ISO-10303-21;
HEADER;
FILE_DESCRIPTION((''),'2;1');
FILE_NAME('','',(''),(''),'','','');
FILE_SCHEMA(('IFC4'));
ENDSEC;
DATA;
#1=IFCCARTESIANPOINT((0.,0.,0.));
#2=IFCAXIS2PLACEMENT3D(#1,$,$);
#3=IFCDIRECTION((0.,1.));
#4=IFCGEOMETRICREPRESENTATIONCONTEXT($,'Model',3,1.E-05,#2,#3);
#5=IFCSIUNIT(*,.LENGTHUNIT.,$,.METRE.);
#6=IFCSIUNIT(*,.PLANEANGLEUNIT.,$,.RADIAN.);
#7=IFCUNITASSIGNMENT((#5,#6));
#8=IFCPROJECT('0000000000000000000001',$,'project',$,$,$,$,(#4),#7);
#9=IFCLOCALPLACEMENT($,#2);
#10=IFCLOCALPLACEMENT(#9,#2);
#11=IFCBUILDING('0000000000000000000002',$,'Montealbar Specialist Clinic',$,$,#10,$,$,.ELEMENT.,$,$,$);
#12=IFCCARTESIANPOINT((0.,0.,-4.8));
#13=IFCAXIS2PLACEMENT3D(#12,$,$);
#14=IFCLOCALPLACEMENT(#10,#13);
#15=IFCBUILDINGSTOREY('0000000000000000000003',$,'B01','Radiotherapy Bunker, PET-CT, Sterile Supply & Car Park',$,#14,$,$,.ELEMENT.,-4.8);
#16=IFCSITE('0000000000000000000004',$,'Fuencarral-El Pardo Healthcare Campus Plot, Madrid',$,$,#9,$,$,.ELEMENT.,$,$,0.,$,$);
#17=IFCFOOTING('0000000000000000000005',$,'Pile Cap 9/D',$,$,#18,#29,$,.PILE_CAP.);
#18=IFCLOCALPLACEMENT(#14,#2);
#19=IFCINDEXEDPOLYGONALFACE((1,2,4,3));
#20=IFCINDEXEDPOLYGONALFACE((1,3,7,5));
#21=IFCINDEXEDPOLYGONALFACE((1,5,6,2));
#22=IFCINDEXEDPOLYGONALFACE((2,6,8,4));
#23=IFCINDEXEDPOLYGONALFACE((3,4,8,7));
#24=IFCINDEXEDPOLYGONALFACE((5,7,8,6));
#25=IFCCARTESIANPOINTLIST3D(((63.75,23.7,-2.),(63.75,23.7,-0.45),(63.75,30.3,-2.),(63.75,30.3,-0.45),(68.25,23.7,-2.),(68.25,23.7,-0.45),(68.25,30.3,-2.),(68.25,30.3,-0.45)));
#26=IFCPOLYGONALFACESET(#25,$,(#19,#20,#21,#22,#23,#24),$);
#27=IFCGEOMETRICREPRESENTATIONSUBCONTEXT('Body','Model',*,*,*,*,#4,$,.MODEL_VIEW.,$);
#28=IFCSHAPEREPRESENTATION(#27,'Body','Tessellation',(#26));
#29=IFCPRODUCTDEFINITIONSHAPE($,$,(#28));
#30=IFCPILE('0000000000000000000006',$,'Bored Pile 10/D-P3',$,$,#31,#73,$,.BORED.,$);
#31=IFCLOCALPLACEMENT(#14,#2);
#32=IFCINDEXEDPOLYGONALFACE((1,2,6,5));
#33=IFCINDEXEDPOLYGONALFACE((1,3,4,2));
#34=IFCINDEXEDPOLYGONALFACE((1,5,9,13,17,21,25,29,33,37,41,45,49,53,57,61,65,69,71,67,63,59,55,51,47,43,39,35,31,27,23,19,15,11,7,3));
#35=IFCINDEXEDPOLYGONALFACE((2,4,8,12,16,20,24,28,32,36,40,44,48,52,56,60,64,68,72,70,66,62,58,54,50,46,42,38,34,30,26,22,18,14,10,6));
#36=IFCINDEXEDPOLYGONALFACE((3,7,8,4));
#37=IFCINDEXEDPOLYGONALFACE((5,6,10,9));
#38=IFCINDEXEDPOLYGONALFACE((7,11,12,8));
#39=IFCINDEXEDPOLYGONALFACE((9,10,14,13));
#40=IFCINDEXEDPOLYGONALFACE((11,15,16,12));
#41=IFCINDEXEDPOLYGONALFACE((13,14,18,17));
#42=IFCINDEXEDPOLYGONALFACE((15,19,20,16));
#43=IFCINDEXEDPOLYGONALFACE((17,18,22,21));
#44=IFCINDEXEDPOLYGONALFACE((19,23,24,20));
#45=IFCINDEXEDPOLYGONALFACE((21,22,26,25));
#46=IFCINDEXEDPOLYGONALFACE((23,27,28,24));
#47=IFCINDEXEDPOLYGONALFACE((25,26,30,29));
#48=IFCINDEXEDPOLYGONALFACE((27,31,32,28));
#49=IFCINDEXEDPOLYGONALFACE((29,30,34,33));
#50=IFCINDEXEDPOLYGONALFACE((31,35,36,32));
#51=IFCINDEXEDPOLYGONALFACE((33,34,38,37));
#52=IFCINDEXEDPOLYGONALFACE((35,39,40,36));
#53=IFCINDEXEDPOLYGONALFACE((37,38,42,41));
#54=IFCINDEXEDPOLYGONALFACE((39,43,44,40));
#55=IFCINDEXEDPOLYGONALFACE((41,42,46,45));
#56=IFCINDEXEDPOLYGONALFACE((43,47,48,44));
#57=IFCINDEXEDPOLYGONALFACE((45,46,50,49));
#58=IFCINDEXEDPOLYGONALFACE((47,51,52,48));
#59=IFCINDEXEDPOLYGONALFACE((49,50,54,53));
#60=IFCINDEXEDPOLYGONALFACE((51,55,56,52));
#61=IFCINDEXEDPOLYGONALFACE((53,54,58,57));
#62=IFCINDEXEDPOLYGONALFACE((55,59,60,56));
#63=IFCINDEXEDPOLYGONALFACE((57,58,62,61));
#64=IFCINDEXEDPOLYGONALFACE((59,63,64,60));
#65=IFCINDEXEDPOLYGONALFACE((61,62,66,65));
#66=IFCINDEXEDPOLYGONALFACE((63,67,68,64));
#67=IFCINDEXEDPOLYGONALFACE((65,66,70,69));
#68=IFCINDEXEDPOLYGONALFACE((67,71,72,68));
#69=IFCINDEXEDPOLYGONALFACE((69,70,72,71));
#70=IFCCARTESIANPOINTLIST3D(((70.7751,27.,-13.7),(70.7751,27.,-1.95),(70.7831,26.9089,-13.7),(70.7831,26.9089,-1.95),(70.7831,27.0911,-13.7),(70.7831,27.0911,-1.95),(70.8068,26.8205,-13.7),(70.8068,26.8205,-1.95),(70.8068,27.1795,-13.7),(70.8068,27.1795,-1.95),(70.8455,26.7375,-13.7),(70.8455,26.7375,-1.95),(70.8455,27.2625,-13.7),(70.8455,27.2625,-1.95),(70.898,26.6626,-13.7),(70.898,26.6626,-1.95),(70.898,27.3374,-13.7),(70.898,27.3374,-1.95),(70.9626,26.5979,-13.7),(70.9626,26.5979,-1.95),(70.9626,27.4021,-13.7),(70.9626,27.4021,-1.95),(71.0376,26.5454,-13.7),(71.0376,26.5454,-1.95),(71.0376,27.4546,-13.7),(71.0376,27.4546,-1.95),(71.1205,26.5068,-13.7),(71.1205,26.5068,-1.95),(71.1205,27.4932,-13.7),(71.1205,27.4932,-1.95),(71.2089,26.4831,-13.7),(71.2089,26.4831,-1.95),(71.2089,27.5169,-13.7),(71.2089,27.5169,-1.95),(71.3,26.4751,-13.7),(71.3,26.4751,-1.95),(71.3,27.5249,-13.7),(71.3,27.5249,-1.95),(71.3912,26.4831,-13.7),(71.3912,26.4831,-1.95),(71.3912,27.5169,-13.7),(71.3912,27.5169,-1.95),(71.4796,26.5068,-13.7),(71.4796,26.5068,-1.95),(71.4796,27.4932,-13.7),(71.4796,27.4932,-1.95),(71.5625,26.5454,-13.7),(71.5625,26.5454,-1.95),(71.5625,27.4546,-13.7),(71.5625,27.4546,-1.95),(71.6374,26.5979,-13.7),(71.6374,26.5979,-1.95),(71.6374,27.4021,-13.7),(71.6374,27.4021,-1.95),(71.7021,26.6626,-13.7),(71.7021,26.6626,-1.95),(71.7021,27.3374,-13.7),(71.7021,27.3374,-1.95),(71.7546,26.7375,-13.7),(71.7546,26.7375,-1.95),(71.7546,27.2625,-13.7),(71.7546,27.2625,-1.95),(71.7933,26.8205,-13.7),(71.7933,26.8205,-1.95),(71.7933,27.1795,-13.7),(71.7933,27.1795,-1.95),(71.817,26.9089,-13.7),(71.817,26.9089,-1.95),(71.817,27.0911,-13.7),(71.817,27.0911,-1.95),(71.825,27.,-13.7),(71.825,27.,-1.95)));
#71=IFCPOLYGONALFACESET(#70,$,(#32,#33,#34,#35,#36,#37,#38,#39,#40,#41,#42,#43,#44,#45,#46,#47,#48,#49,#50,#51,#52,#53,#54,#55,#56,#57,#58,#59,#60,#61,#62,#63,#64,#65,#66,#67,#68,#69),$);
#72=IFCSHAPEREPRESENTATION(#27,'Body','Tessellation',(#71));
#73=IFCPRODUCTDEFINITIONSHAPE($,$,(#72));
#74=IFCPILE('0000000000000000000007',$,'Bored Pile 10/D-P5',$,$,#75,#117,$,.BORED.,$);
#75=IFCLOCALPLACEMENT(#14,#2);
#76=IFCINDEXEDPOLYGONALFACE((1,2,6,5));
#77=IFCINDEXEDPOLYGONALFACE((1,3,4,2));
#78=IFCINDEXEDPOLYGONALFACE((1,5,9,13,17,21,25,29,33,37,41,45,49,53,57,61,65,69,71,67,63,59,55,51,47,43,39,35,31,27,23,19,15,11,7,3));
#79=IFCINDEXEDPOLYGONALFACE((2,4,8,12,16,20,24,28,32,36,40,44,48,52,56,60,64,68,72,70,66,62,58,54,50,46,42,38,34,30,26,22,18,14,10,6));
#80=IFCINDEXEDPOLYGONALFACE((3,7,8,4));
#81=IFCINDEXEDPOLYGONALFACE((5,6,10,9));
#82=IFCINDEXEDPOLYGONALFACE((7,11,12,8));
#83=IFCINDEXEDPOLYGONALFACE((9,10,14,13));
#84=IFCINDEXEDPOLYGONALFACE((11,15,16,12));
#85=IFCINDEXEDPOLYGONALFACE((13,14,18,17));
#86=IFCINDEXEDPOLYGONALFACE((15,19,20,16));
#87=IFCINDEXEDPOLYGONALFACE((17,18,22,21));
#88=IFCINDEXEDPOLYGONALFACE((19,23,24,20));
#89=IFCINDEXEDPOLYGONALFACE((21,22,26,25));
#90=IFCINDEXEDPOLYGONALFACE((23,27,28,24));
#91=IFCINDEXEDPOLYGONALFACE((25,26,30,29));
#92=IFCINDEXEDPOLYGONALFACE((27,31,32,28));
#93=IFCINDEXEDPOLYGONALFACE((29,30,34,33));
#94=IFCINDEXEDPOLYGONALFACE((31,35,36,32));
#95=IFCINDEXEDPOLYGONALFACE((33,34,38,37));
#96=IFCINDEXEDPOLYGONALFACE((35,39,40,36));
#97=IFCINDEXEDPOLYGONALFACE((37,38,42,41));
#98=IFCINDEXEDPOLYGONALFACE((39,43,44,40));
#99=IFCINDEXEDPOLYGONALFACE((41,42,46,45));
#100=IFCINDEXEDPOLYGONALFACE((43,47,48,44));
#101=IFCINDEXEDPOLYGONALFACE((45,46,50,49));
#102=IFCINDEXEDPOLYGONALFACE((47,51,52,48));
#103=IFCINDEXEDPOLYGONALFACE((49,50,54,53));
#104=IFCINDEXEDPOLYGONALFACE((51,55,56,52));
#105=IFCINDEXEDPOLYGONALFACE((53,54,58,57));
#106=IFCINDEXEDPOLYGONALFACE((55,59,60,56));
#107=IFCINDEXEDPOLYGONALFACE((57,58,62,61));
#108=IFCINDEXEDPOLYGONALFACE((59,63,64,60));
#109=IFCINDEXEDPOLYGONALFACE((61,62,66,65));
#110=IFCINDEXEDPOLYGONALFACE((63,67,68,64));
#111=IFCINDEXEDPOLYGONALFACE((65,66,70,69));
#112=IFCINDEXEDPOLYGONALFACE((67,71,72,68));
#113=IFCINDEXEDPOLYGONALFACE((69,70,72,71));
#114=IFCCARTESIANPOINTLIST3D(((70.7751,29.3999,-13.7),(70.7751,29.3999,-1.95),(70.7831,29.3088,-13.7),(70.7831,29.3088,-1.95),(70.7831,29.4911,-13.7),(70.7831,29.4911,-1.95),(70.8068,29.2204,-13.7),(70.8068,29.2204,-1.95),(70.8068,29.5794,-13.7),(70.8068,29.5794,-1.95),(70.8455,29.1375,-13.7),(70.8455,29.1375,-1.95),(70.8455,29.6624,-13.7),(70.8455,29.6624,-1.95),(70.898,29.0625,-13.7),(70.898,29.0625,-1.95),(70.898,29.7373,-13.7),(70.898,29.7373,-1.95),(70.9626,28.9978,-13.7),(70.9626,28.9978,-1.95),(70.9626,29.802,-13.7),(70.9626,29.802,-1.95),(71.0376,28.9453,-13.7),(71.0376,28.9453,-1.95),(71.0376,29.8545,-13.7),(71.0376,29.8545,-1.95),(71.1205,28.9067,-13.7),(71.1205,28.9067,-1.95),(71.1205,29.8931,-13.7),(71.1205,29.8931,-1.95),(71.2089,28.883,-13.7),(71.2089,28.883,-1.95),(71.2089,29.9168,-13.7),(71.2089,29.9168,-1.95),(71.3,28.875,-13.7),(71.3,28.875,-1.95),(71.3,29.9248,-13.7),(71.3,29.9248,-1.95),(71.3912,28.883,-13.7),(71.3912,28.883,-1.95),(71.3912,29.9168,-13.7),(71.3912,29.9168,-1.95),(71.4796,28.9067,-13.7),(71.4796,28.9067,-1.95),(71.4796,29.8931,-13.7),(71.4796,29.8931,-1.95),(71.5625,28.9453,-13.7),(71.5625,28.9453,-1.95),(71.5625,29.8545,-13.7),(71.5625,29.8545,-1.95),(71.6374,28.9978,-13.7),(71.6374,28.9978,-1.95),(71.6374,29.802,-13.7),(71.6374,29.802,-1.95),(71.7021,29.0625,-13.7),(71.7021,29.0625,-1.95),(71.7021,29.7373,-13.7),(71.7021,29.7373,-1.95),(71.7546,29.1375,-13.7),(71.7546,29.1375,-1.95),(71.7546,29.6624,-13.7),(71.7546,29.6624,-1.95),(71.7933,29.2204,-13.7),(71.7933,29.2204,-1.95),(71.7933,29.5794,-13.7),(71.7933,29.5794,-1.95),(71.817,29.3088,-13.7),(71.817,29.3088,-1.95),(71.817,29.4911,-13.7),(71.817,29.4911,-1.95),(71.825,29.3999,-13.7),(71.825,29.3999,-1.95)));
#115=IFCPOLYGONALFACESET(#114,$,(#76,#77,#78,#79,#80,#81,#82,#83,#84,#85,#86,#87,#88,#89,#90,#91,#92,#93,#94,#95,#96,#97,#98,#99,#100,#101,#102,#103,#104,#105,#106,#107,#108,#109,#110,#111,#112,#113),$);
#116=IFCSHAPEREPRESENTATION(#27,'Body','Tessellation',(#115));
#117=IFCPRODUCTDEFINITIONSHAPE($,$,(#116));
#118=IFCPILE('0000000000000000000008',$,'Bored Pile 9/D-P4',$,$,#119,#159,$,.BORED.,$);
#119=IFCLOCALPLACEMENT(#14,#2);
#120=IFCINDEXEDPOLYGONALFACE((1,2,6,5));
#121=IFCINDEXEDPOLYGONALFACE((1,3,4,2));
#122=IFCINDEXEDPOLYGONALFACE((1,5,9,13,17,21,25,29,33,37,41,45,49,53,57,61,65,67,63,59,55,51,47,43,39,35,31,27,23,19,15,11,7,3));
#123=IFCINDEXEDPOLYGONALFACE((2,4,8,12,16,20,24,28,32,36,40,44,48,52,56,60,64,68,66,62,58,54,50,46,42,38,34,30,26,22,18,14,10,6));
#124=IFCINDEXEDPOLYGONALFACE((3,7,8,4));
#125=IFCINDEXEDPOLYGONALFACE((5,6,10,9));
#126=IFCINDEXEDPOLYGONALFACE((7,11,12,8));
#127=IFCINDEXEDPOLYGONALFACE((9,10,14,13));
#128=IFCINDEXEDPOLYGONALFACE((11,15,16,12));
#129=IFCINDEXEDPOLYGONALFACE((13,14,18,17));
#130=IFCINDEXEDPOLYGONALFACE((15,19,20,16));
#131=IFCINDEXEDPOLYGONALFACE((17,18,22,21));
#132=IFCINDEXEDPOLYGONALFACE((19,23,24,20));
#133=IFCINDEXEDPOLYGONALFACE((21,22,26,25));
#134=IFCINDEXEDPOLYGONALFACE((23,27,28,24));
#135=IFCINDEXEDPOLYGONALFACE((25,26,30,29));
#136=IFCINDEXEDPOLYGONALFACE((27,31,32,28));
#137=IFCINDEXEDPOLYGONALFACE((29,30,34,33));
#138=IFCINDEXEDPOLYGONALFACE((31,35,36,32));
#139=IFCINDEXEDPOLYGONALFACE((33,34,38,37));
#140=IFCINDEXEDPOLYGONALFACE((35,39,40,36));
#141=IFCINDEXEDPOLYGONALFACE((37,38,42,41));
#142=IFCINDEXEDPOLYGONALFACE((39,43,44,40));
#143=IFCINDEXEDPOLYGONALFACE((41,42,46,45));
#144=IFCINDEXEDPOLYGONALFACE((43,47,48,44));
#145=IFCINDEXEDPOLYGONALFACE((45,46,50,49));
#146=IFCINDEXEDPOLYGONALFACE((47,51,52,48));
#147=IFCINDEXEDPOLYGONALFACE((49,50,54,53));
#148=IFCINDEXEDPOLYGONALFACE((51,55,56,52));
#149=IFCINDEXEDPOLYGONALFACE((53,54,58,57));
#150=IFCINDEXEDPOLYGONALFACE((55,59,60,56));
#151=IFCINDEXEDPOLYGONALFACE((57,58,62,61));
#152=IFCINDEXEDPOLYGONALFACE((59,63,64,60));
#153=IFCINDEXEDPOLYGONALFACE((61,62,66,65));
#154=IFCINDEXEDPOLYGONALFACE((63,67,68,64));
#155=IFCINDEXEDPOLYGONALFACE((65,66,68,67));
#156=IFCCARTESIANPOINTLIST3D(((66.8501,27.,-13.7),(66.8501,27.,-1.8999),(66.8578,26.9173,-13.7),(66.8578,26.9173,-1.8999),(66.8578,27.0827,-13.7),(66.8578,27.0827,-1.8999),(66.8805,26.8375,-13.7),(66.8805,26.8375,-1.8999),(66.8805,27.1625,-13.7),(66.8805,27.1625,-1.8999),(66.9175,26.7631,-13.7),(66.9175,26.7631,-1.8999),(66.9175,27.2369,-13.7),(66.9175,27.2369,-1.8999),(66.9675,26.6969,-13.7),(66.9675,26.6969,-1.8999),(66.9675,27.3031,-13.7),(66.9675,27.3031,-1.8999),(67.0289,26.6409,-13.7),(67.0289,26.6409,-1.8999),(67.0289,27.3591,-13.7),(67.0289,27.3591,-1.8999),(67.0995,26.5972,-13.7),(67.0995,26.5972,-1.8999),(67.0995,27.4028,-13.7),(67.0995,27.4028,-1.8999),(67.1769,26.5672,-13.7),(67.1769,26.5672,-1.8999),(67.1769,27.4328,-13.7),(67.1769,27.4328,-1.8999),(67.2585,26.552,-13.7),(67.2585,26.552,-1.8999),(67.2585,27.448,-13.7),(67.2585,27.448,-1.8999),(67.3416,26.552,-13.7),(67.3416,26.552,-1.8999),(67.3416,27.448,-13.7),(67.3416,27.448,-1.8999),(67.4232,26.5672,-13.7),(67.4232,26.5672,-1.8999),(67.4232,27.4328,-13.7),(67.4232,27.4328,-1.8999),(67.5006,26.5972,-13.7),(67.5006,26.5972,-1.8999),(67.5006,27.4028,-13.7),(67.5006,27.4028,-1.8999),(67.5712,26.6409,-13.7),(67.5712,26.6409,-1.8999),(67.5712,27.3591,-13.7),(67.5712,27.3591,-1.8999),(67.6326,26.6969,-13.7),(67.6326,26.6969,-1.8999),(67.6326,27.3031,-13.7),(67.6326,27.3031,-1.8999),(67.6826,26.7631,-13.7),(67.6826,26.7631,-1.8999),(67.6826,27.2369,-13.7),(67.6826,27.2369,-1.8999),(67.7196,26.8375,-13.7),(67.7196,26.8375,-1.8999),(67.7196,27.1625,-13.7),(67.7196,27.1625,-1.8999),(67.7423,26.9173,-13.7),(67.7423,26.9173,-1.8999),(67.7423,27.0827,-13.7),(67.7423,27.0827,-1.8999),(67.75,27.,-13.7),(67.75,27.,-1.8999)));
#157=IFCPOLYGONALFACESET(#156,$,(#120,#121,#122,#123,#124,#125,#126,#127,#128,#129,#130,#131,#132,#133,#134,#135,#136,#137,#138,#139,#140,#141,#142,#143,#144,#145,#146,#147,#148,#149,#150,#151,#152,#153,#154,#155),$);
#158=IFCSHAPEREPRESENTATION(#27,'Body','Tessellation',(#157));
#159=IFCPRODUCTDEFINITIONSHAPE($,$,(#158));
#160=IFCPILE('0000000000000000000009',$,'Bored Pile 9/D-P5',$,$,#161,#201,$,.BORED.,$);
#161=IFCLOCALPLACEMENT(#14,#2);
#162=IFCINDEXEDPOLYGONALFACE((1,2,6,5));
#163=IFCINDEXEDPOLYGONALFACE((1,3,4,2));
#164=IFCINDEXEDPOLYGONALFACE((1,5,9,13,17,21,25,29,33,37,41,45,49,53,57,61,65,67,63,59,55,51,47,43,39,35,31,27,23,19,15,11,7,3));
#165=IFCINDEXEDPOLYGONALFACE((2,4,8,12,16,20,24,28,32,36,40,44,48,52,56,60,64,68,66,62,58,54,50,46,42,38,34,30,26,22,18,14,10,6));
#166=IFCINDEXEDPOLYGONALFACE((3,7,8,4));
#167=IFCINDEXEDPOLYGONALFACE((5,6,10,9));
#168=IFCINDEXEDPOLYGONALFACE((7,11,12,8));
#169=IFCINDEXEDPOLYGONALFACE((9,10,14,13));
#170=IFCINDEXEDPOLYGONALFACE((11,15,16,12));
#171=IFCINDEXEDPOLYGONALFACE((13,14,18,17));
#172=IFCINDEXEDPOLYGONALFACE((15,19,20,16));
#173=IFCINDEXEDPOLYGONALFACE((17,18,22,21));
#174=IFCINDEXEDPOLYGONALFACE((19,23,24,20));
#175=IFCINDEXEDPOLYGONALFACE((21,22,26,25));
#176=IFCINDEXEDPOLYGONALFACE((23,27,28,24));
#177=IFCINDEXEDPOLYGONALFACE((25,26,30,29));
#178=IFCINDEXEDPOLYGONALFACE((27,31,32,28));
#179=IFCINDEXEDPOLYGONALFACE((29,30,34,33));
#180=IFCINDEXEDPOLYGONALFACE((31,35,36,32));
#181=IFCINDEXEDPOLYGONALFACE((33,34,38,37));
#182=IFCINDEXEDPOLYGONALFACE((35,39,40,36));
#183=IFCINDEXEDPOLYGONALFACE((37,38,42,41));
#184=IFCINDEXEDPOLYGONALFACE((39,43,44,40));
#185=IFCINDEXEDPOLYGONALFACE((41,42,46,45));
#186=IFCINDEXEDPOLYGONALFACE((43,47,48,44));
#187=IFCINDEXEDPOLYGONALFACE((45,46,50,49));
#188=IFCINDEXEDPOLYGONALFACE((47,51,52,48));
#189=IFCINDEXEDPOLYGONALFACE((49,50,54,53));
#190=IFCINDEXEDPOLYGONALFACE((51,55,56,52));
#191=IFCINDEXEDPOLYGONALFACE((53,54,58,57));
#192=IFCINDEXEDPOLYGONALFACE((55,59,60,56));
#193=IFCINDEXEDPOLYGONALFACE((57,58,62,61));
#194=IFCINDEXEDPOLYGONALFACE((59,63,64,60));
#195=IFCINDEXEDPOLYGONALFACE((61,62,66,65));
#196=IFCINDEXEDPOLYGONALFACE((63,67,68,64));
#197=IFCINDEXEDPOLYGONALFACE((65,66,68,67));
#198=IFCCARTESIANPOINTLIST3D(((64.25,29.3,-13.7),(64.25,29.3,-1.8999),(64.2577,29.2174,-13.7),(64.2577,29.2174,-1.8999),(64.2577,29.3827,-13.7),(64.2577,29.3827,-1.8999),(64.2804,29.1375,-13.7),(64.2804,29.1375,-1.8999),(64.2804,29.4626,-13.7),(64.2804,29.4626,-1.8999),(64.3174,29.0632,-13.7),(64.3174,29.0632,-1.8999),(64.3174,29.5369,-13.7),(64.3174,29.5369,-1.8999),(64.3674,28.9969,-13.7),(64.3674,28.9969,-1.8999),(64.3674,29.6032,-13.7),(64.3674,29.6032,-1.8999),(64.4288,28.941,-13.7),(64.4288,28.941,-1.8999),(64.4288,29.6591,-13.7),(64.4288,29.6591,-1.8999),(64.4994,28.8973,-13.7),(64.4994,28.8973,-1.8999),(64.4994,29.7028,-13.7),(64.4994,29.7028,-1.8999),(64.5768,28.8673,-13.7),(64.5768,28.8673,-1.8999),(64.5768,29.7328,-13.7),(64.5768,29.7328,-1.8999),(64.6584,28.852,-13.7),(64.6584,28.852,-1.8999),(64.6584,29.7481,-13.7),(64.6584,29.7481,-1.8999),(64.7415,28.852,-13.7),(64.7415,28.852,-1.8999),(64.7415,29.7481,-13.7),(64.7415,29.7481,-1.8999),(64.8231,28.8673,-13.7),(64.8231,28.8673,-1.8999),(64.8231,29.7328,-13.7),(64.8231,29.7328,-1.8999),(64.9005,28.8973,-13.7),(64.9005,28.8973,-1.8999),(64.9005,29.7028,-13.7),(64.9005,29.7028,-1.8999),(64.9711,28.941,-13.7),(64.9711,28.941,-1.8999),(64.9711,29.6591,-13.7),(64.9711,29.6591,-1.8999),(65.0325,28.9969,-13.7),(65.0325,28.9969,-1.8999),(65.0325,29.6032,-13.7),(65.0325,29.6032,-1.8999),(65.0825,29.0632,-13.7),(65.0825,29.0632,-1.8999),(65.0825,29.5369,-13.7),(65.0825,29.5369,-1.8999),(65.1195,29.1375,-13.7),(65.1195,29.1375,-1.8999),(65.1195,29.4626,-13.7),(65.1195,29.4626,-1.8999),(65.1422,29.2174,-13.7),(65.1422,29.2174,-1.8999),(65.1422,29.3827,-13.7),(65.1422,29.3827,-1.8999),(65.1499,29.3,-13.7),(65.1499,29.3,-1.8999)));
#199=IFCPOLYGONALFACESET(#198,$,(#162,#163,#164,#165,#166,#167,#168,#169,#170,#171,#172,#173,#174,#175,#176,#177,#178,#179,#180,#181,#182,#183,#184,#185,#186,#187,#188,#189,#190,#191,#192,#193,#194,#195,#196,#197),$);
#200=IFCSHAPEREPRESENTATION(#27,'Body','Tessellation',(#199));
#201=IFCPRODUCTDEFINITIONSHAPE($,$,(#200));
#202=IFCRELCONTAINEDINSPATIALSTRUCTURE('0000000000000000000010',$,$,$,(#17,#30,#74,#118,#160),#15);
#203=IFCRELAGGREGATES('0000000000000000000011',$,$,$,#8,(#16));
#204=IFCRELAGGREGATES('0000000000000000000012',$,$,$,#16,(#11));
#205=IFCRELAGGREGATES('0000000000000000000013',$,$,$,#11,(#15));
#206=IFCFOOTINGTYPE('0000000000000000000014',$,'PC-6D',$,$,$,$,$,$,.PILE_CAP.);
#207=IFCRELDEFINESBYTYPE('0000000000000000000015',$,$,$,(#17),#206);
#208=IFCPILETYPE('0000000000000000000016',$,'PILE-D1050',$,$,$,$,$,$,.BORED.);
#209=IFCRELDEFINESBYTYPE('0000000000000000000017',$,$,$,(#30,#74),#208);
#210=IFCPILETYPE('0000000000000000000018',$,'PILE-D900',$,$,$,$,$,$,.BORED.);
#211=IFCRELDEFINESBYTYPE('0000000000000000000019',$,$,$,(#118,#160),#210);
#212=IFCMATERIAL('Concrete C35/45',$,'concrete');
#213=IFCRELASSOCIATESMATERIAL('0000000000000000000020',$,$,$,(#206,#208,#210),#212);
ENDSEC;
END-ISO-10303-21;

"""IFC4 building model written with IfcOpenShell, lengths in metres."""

from ifc_helpers import new_model, si_unit, direction, frame, origin, origin_2d, place, context, subcontext, project, spatial, rectangle, circle, extrude, material, material_profile, profile_set, type_object, element, save


model = new_model("IFC4")

# Units and contexts
model_context = context("Model", 3, precision=1e-05, world=origin(), true_north=direction((0.0, 1.0)))
body_context = subcontext(model_context, "Body", "Model", "MODEL_VIEW")
ifc_project = project(units=[si_unit("LENGTHUNIT", "METRE"), si_unit("PLANEANGLEUNIT", "RADIAN")], contexts=[model_context])

# Site, building, storey
site_placement = place(None, origin())
site = spatial("IfcSite", under=ifc_project, at=site_placement, Name="Fuencarral-El Pardo Healthcare Campus Plot, Madrid", CompositionType="ELEMENT", RefElevation=0.0)
building_placement = place(site_placement, origin())
building = spatial("IfcBuilding", under=site, at=building_placement, Name="Montealbar Specialist Clinic", CompositionType="ELEMENT")
storey_placement = place(building_placement, frame((0.0, 0.0, -4.8)))
storey = spatial("IfcBuildingStorey", under=building, at=storey_placement, Name="B01", Description="Radiotherapy Bunker, PET-CT, Sterile Supply & Car Park", CompositionType="ELEMENT", Elevation=-4.8)

# Footing
ifc_material_1 = material(Name="Concrete C35/45", Category="concrete")
footing_type = type_object("IfcFootingType", Name="PC-6D", PredefinedType="PILE_CAP", material=ifc_material_1)
footing_placement = place(storey_placement, frame((66.0, 27.0, -2.0), z_axis=(0.0, 0.0, 1.0), x_axis=(1.0, 0.0, 0.0)))
element("IfcFooting", 1, at=footing_placement, inside=storey, type_object=footing_type, Name="Pile Cap 9/D", PredefinedType="PILE_CAP", context=body_context, shape_type="SweptSolid", body=[
    extrude(rectangle(XDim=4.5, YDim=6.6001, at=origin_2d()), origin(), (0.0, 0.0, 1.0), 1.55),
])

# Piles
ifc_material_profile_1 = material_profile(ifc_material_1, circle(Radius=0.5249, at=origin_2d()), Name="PILE D1050", Category="concrete")
ifc_profile_set_1 = profile_set([ifc_material_profile_1], Name="Concrete C35/45")
pile_type_1 = type_object("IfcPileType", Name="PILE-D1050", PredefinedType="BORED", material=ifc_profile_set_1)
for number, where, z_axis, x_axis, name in (
    (2, (71.3, 27.0, -1.95), (0.0, 0.0, -1.0), (1.0, 0.0, 0.0), "Bored Pile 10/D-P3"),
    (3, (71.3, 29.3999, -1.95), (0.0, 0.0, -1.0), (1.0, 0.0, 0.0), "Bored Pile 10/D-P5"),
):
    element("IfcPile", number, at=place(storey_placement, frame(where, z_axis=z_axis, x_axis=x_axis)), inside=storey, type_object=pile_type_1, Name=name, PredefinedType="BORED", context=body_context, shape_type="SweptSolid", body=[
        extrude(circle(Radius=0.5249, at=origin_2d()), origin(), (0.0, 0.0, 1.0), 11.75),
    ])
ifc_material_profile_2 = material_profile(ifc_material_1, circle(Radius=0.45, at=origin_2d()), Name="PILE D900", Category="concrete")
ifc_profile_set_2 = profile_set([ifc_material_profile_2], Name="Concrete C35/45")
pile_type_2 = type_object("IfcPileType", Name="PILE-D900", PredefinedType="BORED", material=ifc_profile_set_2)
for number, where, z_axis, x_axis, name in (
    (4, (67.3, 27.0, -1.8999), (0.0, 0.0, -1.0), (1.0, 0.0, 0.0), "Bored Pile 9/D-P4"),
    (5, (64.7, 29.3, -1.8999), (0.0, 0.0, -1.0), (1.0, 0.0, 0.0), "Bored Pile 9/D-P5"),
):
    element("IfcPile", number, at=place(storey_placement, frame(where, z_axis=z_axis, x_axis=x_axis)), inside=storey, type_object=pile_type_2, Name=name, PredefinedType="BORED", context=body_context, shape_type="SweptSolid", body=[
        extrude(circle(Radius=0.45, at=origin_2d()), origin(), (0.0, 0.0, 1.0), 11.8),
    ])

save(model, "model.ifc")
